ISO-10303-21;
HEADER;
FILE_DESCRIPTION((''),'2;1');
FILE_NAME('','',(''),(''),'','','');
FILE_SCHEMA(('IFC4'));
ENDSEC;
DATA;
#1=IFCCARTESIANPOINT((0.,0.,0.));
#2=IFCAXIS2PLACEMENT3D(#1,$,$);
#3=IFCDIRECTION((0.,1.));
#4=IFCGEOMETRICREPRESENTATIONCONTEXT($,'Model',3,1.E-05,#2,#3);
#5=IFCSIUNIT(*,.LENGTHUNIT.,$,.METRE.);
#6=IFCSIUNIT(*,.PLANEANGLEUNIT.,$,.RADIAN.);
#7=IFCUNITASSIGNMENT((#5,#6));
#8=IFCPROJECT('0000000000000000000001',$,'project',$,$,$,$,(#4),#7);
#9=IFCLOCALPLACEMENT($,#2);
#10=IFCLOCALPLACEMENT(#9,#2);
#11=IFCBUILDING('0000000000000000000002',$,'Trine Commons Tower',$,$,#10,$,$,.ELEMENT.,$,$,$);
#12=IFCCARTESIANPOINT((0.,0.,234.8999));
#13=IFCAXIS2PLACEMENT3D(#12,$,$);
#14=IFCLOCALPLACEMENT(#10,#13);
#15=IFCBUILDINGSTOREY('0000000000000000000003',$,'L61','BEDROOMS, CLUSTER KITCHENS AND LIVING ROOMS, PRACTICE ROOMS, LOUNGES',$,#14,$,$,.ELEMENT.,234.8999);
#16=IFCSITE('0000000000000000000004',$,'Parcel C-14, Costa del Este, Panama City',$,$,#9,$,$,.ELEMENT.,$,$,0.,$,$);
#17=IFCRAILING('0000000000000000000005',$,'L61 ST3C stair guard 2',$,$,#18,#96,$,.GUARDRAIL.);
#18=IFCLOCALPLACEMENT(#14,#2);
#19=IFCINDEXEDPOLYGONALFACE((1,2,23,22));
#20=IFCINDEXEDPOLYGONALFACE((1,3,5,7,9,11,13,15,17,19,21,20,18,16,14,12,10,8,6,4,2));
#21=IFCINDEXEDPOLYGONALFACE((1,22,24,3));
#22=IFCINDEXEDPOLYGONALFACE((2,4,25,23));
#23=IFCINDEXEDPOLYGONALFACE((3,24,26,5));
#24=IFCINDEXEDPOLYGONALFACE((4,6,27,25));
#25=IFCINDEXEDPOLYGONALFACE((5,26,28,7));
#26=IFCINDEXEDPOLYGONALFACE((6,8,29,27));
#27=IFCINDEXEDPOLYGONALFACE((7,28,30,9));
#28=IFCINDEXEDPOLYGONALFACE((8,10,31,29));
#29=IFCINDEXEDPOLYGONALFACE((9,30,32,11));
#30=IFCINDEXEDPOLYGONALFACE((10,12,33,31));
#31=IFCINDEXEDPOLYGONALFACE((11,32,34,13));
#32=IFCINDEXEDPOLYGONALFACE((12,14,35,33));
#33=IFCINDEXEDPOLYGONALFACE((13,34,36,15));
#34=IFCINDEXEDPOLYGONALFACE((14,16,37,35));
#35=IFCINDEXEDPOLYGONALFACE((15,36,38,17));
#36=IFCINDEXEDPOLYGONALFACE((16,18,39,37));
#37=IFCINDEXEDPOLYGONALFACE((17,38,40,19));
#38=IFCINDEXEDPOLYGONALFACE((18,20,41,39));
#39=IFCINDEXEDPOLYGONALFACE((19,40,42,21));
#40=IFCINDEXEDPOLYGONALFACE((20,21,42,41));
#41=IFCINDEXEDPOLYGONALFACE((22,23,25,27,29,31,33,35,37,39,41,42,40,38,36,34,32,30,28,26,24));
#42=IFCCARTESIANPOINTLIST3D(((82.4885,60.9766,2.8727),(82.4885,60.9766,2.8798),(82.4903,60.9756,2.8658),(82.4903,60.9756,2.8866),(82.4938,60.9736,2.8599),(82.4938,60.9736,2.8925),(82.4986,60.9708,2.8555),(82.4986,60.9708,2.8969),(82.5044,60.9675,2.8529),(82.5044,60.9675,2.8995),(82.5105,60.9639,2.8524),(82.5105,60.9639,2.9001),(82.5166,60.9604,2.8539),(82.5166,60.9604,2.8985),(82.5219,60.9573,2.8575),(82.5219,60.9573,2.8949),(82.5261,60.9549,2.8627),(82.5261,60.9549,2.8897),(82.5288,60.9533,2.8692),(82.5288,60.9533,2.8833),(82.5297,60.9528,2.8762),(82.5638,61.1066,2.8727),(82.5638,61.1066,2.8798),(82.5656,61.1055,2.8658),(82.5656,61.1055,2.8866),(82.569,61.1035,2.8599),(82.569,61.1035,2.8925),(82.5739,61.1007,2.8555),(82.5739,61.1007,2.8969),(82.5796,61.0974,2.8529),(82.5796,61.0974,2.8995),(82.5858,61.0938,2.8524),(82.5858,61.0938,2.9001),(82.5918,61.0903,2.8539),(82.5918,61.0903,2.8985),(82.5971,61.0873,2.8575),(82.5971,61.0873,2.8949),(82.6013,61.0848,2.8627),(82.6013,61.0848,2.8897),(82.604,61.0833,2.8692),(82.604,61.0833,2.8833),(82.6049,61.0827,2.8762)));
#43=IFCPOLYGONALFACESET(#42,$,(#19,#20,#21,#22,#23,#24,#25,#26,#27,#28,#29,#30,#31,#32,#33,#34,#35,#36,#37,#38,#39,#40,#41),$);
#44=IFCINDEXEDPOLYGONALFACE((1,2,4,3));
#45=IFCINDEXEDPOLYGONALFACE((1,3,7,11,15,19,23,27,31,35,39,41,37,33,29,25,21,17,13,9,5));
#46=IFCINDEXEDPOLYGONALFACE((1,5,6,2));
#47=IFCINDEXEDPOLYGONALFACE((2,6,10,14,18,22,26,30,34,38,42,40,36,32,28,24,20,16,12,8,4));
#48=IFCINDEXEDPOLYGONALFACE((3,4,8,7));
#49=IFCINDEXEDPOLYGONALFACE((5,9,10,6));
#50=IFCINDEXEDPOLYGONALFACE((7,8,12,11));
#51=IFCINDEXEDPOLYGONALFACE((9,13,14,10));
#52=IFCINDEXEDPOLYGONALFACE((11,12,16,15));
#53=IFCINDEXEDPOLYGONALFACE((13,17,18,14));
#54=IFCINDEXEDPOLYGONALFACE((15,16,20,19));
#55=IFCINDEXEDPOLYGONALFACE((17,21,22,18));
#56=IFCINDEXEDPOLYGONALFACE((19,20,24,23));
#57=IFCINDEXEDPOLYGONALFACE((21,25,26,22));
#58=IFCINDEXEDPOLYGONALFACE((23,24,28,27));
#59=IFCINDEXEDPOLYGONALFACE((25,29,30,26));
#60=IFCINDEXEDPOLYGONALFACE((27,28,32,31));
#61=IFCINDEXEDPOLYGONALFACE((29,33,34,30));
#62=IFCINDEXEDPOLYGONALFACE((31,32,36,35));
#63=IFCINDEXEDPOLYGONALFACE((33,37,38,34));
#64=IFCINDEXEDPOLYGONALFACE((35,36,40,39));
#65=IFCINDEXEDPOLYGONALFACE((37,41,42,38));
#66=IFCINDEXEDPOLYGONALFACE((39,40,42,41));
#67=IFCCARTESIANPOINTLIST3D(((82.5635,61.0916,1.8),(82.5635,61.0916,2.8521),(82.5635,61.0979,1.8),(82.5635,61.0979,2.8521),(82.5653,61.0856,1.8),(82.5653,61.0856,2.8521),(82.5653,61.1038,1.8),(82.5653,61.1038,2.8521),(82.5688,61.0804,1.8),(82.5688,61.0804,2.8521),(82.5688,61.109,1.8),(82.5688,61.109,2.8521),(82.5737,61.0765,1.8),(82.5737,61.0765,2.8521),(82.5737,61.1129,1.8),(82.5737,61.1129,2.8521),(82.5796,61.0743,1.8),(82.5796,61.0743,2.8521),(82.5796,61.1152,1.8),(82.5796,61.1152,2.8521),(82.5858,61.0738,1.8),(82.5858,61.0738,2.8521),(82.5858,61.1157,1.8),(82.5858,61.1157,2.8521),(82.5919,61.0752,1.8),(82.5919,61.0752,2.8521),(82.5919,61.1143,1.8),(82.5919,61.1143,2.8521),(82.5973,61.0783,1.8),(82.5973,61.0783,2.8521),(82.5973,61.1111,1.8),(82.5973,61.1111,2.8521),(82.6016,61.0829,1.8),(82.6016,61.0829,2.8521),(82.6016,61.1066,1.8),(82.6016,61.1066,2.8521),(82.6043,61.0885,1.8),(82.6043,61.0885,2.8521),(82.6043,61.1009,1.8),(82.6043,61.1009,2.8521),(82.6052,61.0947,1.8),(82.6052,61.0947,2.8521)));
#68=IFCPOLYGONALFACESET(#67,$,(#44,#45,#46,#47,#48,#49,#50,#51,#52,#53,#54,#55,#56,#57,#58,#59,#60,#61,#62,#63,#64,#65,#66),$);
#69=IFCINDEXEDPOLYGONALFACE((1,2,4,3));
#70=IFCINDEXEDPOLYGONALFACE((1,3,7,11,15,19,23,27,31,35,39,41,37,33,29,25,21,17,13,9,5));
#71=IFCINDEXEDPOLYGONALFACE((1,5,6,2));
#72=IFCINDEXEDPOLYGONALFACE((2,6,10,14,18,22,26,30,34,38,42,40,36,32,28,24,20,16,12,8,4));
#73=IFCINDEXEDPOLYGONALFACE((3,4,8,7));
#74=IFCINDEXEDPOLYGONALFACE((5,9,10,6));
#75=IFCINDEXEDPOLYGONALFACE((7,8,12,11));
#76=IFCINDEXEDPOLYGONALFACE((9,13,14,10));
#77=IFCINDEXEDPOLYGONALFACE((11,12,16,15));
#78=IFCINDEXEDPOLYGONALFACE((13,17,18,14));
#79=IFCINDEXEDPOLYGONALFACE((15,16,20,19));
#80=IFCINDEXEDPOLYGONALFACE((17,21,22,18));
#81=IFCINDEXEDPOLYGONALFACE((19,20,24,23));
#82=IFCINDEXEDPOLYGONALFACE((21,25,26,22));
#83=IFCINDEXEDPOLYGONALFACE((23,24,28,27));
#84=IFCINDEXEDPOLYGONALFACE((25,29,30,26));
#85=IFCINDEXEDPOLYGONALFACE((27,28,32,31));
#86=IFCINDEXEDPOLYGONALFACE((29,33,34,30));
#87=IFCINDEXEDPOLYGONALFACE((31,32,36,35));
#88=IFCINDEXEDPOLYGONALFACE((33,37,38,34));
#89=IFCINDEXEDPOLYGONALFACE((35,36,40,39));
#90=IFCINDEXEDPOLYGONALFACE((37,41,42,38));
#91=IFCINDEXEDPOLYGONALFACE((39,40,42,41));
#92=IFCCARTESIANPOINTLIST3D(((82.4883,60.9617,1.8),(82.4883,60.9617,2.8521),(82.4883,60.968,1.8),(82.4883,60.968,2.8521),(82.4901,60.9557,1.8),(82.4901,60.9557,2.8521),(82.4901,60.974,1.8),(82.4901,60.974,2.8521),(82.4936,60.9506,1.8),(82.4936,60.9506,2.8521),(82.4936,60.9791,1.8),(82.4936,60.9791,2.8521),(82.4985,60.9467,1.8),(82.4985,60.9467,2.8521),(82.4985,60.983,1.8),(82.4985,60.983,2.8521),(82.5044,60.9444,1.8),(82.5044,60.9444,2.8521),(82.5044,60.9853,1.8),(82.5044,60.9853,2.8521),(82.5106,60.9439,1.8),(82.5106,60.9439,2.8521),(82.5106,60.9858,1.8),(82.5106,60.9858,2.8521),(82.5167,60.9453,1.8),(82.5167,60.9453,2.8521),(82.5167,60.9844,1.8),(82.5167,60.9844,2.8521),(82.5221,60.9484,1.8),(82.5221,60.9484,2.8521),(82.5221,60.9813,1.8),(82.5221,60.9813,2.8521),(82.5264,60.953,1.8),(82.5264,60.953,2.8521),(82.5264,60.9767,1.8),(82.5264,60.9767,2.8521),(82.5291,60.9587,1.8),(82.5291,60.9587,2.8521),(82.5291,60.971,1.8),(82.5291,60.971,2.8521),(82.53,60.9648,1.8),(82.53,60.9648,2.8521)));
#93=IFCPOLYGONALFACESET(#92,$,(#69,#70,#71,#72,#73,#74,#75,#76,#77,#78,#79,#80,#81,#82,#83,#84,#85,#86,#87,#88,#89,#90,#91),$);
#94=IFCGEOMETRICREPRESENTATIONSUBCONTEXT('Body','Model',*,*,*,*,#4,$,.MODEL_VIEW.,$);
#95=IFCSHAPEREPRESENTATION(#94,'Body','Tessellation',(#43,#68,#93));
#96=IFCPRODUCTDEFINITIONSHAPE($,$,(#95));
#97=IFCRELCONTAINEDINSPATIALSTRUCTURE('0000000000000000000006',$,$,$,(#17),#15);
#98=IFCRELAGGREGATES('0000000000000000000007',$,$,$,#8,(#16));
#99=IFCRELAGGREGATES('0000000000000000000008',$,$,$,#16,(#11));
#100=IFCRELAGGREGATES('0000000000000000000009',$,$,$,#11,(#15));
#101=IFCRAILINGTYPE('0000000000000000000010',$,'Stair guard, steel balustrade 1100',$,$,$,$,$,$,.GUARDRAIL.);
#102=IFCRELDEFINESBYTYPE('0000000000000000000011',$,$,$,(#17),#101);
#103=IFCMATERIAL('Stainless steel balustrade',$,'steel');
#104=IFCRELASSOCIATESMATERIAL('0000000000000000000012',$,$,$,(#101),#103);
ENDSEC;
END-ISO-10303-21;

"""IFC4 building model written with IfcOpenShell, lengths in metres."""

from ifc_helpers import new_model, si_unit, direction, frame, origin, origin_2d, place, context, subcontext, project, spatial, circle, extrude, material, type_object, element, save


model = new_model("IFC4")

# Units and contexts
model_context = context("Model", 3, precision=1e-05, world=origin(), true_north=direction((0.0, 1.0)))
body_context = subcontext(model_context, "Body", "Model", "MODEL_VIEW")
ifc_project = project(units=[si_unit("LENGTHUNIT", "METRE"), si_unit("PLANEANGLEUNIT", "RADIAN")], contexts=[model_context])

# Site, building, storey
site_placement = place(None, origin())
site = spatial("IfcSite", under=ifc_project, at=site_placement, Name="Parcel C-14, Costa del Este, Panama City", CompositionType="ELEMENT", RefElevation=0.0)
building_placement = place(site_placement, origin())
building = spatial("IfcBuilding", under=site, at=building_placement, Name="Trine Commons Tower", CompositionType="ELEMENT")
storey_placement = place(building_placement, frame((0.0, 0.0, 234.8999)))
storey = spatial("IfcBuildingStorey", under=building, at=storey_placement, Name="L61", Description="BEDROOMS, CLUSTER KITCHENS AND LIVING ROOMS, PRACTICE ROOMS, LOUNGES", CompositionType="ELEMENT", Elevation=234.8999)

# Railing
ifc_material_1 = material(Name="Stainless steel balustrade", Category="steel")
railing_type_1 = type_object("IfcRailingType", Name="Stair guard, steel balustrade 1100", PredefinedType="GUARDRAIL", material=ifc_material_1)
railing_1_placement = place(storey_placement, frame((82.5842, 61.0947, 1.8)))
element("IfcRailing", 1, at=railing_1_placement, inside=storey, type_object=railing_type_1, Name="L61 ST3C stair guard 2", PredefinedType="GUARDRAIL", context=body_context, shape_type="SweptSolid", body=[
    extrude(circle(Radius=0.0239, at=origin_2d()), frame((0.0, 0.0, 1.0762), z_axis=(-0.501036, -0.865426, 0.0), x_axis=(0.865426, -0.501036, 0.0)), (0.0, 0.0, 1.0), 0.1501),
    extrude(circle(Radius=0.021, at=origin_2d()), origin(), (0.0, 0.0, 1.0), 1.052),
    extrude(circle(Radius=0.021, at=origin_2d()), frame((-0.0752, -0.1299, 0.0)), (0.0, 0.0, 1.0), 1.052),
])

save(model, "model.ifc")
